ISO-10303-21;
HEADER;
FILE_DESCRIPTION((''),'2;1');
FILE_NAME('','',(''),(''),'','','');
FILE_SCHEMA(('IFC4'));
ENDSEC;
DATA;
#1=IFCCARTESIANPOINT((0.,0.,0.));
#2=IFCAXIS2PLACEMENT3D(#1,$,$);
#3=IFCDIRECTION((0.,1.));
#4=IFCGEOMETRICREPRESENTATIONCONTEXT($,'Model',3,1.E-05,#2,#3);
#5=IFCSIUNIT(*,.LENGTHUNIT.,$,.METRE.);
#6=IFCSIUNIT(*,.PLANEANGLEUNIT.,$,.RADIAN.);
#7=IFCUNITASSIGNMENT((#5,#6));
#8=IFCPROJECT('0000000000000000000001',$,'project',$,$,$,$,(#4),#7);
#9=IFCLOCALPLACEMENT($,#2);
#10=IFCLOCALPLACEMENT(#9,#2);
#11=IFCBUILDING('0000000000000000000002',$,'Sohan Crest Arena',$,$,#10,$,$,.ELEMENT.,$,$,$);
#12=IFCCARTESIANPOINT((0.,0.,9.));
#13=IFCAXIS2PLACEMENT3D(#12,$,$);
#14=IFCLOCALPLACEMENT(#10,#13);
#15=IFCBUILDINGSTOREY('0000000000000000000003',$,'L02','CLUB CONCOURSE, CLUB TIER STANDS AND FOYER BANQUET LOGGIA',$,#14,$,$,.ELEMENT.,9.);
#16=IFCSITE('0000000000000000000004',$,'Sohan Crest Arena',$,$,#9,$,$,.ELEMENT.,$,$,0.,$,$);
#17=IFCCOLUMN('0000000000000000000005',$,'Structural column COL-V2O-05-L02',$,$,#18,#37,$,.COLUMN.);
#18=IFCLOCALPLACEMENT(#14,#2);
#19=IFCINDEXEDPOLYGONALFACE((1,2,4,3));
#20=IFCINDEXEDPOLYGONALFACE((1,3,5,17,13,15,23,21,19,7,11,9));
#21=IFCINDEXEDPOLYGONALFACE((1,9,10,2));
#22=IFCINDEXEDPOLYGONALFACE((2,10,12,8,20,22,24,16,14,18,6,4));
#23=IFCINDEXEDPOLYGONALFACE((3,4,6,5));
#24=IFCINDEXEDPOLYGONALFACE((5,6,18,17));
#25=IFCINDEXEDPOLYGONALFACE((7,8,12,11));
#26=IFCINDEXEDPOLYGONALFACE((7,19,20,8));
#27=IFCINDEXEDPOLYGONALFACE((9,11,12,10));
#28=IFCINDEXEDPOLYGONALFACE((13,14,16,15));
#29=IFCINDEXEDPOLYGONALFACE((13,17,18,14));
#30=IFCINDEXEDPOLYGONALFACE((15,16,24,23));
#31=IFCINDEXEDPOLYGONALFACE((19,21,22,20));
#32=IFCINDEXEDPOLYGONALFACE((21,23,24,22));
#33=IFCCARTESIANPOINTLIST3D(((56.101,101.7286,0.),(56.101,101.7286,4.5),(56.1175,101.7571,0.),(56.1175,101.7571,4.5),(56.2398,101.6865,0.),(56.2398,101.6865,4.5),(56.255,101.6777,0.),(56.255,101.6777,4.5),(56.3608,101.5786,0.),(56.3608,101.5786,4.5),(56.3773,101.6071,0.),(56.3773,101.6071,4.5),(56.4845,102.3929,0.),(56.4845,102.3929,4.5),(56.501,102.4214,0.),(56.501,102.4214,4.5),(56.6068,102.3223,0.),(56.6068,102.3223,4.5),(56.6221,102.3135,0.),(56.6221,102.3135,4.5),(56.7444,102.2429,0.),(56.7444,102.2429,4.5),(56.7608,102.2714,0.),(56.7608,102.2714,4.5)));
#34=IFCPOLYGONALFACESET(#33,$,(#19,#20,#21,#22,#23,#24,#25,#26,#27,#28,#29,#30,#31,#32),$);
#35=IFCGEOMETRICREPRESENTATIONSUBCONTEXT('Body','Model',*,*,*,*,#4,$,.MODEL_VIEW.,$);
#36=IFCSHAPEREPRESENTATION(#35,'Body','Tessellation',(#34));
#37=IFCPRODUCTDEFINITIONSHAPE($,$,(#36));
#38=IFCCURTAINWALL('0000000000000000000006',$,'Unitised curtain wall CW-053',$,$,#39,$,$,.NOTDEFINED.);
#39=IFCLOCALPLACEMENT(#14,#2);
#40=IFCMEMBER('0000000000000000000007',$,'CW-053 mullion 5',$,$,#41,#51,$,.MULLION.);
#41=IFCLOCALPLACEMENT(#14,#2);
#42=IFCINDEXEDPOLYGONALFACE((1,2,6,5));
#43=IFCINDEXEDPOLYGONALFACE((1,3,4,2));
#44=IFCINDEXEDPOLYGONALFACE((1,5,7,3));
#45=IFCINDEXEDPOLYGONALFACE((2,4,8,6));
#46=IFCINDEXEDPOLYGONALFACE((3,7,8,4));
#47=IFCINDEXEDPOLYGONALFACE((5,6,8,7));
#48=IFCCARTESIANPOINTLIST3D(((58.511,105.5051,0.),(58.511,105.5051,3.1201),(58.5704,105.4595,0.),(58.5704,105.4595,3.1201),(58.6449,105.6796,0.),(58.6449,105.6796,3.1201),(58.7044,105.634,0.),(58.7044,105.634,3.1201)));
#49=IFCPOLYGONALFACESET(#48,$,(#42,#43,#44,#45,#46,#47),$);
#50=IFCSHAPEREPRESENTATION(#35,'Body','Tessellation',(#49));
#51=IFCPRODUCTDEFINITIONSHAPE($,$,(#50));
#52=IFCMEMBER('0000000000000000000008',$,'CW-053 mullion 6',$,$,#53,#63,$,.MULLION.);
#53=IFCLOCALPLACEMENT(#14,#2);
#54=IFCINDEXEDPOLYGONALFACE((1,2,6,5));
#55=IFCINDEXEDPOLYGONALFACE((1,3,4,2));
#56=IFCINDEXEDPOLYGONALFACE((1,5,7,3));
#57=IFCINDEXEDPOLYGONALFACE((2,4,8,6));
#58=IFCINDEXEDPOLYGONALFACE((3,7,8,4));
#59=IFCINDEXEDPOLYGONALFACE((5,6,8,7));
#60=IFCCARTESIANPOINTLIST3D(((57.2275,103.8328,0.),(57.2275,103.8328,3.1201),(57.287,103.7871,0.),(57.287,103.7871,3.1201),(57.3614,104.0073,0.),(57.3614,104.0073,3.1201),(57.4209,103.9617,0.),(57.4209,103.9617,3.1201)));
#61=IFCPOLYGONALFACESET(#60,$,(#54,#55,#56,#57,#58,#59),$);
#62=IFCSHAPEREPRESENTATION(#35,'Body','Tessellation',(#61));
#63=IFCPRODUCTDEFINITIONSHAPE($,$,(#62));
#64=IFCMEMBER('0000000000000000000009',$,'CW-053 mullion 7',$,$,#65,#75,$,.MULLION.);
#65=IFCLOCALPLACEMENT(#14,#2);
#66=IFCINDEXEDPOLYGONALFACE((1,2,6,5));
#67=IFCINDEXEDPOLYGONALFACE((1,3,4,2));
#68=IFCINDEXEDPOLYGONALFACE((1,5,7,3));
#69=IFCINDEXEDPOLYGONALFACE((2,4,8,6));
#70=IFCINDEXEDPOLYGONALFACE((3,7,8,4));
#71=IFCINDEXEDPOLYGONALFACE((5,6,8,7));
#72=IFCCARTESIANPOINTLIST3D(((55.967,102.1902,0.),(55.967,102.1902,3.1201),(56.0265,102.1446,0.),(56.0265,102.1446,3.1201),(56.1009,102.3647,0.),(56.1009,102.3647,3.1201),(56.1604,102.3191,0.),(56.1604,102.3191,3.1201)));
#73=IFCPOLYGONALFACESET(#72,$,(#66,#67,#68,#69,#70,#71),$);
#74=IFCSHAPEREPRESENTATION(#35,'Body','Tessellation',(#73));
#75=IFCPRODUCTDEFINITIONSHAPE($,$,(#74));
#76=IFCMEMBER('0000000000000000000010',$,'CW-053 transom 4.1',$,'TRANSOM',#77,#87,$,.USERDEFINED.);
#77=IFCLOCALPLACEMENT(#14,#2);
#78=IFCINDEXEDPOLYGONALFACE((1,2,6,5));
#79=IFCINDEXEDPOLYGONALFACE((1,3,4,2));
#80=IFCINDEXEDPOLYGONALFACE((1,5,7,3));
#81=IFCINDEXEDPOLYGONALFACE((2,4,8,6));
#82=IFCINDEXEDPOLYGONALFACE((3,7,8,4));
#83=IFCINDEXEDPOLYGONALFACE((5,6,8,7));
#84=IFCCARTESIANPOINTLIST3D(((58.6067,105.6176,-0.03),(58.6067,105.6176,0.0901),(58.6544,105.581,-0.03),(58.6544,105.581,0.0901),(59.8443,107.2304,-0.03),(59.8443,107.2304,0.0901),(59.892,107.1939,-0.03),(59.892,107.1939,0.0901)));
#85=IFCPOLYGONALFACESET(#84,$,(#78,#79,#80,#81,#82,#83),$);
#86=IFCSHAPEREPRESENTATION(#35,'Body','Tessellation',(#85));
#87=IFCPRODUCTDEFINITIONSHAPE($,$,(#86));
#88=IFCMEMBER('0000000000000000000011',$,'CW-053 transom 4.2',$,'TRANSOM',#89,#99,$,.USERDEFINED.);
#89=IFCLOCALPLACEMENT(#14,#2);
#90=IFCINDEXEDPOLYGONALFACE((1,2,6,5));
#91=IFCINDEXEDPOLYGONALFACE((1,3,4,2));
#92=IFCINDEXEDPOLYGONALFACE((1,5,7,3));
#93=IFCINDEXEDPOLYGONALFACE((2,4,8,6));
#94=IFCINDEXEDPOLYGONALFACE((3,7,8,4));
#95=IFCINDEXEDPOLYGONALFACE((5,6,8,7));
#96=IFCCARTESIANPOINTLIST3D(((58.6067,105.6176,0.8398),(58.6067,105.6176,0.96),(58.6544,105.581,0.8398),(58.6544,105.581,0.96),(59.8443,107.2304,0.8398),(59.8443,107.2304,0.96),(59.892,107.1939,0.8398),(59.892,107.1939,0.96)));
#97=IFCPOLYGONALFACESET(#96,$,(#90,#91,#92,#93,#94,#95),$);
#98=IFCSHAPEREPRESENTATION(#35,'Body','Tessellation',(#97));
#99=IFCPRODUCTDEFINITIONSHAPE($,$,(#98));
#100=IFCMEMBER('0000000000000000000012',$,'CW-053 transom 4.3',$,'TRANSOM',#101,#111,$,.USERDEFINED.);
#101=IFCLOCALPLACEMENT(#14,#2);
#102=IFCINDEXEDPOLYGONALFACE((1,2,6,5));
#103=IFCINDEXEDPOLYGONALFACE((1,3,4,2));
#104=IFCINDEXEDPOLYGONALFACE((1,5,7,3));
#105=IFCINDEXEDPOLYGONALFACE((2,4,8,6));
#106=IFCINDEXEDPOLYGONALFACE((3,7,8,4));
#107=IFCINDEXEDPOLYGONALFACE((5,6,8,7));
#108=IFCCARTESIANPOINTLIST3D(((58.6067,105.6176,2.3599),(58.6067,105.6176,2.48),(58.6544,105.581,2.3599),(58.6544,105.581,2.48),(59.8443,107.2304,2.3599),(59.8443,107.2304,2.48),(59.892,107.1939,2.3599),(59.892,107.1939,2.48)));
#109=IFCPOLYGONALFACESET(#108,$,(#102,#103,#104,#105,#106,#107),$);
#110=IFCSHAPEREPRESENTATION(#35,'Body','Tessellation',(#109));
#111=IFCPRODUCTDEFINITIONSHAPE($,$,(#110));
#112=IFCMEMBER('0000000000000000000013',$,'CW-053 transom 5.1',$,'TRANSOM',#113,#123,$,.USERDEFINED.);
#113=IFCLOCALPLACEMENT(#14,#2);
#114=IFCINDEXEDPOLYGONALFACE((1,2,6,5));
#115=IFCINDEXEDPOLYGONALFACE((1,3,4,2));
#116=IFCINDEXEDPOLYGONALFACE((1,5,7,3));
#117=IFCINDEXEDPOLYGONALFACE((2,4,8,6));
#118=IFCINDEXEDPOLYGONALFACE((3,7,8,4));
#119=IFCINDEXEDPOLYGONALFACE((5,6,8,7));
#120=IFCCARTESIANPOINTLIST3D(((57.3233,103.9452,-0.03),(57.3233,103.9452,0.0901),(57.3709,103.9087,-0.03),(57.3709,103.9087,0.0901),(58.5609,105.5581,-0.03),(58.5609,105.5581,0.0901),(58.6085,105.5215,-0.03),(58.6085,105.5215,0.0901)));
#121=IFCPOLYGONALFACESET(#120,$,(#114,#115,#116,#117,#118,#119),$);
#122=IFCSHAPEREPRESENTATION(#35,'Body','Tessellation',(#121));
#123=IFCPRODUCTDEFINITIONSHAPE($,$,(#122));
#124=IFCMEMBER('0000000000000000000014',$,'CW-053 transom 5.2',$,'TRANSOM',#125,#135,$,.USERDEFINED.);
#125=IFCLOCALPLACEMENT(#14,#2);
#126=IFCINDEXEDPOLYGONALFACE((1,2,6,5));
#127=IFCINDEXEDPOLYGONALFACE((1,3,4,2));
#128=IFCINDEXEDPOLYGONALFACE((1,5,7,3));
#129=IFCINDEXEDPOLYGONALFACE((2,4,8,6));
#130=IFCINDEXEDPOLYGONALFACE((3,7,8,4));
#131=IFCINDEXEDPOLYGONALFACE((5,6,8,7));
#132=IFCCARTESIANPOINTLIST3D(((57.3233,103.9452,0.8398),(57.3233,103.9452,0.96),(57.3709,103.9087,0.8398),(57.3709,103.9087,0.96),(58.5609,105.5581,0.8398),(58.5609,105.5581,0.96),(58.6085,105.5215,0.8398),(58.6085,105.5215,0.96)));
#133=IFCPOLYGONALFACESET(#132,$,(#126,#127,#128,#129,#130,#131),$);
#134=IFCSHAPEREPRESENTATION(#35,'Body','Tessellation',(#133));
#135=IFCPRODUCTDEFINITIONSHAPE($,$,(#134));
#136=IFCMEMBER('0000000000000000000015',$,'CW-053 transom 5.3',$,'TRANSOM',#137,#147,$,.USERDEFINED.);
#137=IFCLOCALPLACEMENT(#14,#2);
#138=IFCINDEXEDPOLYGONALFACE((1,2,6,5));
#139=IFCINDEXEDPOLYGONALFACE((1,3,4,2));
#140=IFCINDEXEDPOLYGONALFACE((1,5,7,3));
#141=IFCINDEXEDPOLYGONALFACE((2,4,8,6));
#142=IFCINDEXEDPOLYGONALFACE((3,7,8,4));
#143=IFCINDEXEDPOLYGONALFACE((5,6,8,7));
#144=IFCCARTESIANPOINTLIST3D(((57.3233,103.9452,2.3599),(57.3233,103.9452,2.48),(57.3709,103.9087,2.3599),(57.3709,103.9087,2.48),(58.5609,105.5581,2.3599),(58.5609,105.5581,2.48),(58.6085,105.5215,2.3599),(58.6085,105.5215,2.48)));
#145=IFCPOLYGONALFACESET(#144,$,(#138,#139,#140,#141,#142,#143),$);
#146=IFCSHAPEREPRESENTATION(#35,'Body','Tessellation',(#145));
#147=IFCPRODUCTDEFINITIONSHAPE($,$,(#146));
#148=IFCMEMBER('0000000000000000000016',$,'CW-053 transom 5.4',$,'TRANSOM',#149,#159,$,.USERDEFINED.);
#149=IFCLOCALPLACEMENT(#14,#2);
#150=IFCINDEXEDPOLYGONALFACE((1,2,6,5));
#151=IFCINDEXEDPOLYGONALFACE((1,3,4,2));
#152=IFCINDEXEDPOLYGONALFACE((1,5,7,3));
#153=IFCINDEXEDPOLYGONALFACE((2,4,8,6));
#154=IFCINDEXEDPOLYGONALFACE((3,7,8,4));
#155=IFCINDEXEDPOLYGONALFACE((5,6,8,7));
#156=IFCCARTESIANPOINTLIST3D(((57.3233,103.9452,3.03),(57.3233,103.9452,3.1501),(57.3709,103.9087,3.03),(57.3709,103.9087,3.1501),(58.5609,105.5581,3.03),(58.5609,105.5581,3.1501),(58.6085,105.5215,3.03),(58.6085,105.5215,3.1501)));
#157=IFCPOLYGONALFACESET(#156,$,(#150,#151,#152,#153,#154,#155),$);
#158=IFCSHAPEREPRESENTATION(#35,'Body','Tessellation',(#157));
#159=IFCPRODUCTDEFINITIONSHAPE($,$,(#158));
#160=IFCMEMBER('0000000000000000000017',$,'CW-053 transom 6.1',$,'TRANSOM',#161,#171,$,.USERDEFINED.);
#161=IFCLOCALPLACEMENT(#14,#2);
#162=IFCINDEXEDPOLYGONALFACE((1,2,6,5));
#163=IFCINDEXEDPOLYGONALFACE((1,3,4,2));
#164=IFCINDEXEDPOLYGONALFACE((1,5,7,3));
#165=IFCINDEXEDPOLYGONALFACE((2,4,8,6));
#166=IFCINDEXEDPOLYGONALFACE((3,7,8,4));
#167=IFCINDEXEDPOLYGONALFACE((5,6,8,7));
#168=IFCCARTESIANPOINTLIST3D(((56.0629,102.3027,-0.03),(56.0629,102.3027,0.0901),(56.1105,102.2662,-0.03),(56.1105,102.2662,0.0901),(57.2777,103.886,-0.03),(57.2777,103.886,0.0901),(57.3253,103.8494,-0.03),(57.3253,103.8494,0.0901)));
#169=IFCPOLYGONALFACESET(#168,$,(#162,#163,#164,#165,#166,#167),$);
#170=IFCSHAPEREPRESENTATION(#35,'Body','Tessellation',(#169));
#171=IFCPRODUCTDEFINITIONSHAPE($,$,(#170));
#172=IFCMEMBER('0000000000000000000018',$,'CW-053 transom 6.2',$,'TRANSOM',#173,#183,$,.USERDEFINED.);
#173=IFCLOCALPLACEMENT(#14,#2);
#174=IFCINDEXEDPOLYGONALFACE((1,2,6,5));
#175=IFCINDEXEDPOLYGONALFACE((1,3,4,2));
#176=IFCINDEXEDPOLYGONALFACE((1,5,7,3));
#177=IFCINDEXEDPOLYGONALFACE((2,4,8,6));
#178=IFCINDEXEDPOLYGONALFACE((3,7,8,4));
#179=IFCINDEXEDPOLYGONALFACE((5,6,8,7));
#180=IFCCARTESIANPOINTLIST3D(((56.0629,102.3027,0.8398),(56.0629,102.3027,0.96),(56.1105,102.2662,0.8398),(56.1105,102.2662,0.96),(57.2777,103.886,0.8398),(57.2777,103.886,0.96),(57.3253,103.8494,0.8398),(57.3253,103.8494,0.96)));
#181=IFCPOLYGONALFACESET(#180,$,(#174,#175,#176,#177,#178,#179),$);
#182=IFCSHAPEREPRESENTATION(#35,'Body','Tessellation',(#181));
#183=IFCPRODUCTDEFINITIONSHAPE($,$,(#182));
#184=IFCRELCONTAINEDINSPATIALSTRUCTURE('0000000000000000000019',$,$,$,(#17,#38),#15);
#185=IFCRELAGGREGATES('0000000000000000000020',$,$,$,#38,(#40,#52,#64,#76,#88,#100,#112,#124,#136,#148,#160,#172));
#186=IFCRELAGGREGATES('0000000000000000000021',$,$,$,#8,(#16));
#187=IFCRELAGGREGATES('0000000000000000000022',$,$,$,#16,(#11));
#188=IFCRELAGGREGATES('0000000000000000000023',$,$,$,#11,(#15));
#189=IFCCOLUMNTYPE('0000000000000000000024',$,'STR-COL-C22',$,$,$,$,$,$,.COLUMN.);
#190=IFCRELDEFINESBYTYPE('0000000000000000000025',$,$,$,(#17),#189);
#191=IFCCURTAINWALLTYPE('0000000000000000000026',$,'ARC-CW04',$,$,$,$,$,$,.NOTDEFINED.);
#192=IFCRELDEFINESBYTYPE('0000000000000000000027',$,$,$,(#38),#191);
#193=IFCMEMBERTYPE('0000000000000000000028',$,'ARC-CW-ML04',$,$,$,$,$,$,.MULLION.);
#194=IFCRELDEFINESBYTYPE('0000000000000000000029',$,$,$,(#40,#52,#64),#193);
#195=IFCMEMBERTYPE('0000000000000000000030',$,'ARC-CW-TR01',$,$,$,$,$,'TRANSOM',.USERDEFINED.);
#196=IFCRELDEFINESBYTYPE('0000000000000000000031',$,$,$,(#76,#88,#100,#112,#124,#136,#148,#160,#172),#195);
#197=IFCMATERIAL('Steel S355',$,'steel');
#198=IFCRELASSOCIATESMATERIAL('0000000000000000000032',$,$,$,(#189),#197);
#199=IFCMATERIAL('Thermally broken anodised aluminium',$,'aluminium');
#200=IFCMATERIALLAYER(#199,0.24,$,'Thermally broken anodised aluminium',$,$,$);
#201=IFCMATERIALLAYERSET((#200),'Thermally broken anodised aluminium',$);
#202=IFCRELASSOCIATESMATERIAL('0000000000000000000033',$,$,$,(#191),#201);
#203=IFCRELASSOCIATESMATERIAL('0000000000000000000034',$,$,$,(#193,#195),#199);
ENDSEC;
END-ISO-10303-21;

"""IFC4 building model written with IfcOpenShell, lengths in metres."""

from ifc_helpers import new_model, si_unit, direction, frame, origin, origin_2d, place, context, subcontext, project, spatial, rectangle, i_section, extrude, material, layer, layer_set, material_profile, profile_set, type_object, element, aggregate, save


model = new_model("IFC4")

# Units and contexts
model_context = context("Model", 3, precision=1e-05, world=origin(), true_north=direction((0.0, 1.0)))
body_context = subcontext(model_context, "Body", "Model", "MODEL_VIEW")
ifc_project = project(units=[si_unit("LENGTHUNIT", "METRE"), si_unit("PLANEANGLEUNIT", "RADIAN")], contexts=[model_context])

# Site, building, storey
site_placement = place(None, origin())
site = spatial("IfcSite", under=ifc_project, at=site_placement, Name="Sohan Crest Arena", CompositionType="ELEMENT", RefElevation=0.0)
building_placement = place(site_placement, origin())
building = spatial("IfcBuilding", under=site, at=building_placement, Name="Sohan Crest Arena", CompositionType="ELEMENT")
storey_placement = place(building_placement, frame((0.0, 0.0, 9.0)))
storey = spatial("IfcBuildingStorey", under=building, at=storey_placement, Name="L02", Description="CLUB CONCOURSE, CLUB TIER STANDS AND FOYER BANQUET LOGGIA", CompositionType="ELEMENT", Elevation=9.0)

# Column
ifc_material_1 = material(Name="Steel S355", Category="steel")
ifc_material_profile_1 = material_profile(ifc_material_1, i_section(OverallWidth=0.3, OverallDepth=0.8, WebThickness=0.0176, FlangeThickness=0.033, at=origin_2d()), Name="HEB 800")
ifc_profile_set_1 = profile_set([ifc_material_profile_1], Name="Steel S355")
column_type = type_object("IfcColumnType", Name="STR-COL-C22", PredefinedType="COLUMN", material=ifc_profile_set_1)
column_placement = place(storey_placement, frame((56.4309, 102.0, 0.0), z_axis=(0.0, 0.0, 1.0), x_axis=(-0.866025, 0.5, 0.0)))
element("IfcColumn", 1, at=column_placement, inside=storey, type_object=column_type, Name="Structural column COL-V2O-05-L02", PredefinedType="COLUMN", context=body_context, shape_type="SweptSolid", body=[
    extrude(i_section(OverallWidth=0.3, OverallDepth=0.8, WebThickness=0.0176, FlangeThickness=0.033, at=origin_2d()), origin(), (0.0, 0.0, 1.0), 4.5),
])

# Curtain wall, members
ifc_material_2 = material(Name="Thermally broken anodised aluminium", Category="aluminium")
ifc_layer_1 = layer(ifc_material_2, 0.24, Name="Thermally broken anodised aluminium")
ifc_layer_set_1 = layer_set([ifc_layer_1], Name="Thermally broken anodised aluminium")
curtain_wall_type_1 = type_object("IfcCurtainWallType", Name="ARC-CW04", PredefinedType="NOTDEFINED", material=ifc_layer_set_1)
curtain_wall_1_placement = place(storey_placement, origin())
curtain_wall_1 = element("IfcCurtainWall", 2, at=curtain_wall_1_placement, inside=storey, type_object=curtain_wall_type_1, Name="Unitised curtain wall CW-053", PredefinedType="NOTDEFINED")
ifc_material_profile_2 = material_profile(ifc_material_2, rectangle(XDim=0.075, YDim=0.22, at=origin_2d()), Name="ALU-MULL 75x220")
ifc_profile_set_2 = profile_set([ifc_material_profile_2], Name="Thermally broken anodised aluminium")
member_type_1 = type_object("IfcMemberType", Name="ARC-CW-ML04", PredefinedType="MULLION", material=ifc_profile_set_2)
member_1_placement = place(storey_placement, frame((58.6077, 105.5696, 0.0), z_axis=(0.0, 0.0, 1.0), x_axis=(0.793329, -0.608793, 0.0)))
member_1 = element("IfcMember", 3, at=member_1_placement, type_object=member_type_1, Name="CW-053 mullion 5", PredefinedType="MULLION", context=body_context, shape_type="SweptSolid", body=[
    extrude(rectangle(XDim=0.075, YDim=0.22, at=origin_2d()), origin(), (0.0, 0.0, 1.0), 3.1201),
])
member_2_placement = place(storey_placement, frame((57.3242, 103.8972, 0.0), z_axis=(0.0, 0.0, 1.0), x_axis=(0.793329, -0.608793, 0.0)))
member_2 = element("IfcMember", 4, at=member_2_placement, type_object=member_type_1, Name="CW-053 mullion 6", PredefinedType="MULLION", context=body_context, shape_type="SweptSolid", body=[
    extrude(rectangle(XDim=0.075, YDim=0.22, at=origin_2d()), origin(), (0.0, 0.0, 1.0), 3.1201),
])
member_3_placement = place(storey_placement, frame((56.0637, 102.2546, 0.0), z_axis=(0.0, 0.0, 1.0), x_axis=(0.793329, -0.608793, 0.0)))
member_3 = element("IfcMember", 5, at=member_3_placement, type_object=member_type_1, Name="CW-053 mullion 7", PredefinedType="MULLION", context=body_context, shape_type="SweptSolid", body=[
    extrude(rectangle(XDim=0.075, YDim=0.22, at=origin_2d()), origin(), (0.0, 0.0, 1.0), 3.1201),
])
ifc_material_profile_3 = material_profile(ifc_material_2, rectangle(XDim=0.0601, YDim=0.1201, at=origin_2d()), Name="ALU-TRAN 60x120")
ifc_profile_set_3 = profile_set([ifc_material_profile_3], Name="Thermally broken anodised aluminium")
member_type_2 = type_object("IfcMemberType", Name="ARC-CW-TR01", ElementType="TRANSOM", PredefinedType="USERDEFINED", material=ifc_profile_set_3)
member_4_placement = place(storey_placement, frame((59.8682, 107.2122, 0.03), z_axis=(-0.608764, -0.793351, 0.0), x_axis=(0.793351, -0.608764, 0.0)))
member_4 = element("IfcMember", 6, at=member_4_placement, type_object=member_type_2, Name="CW-053 transom 4.1", ObjectType="TRANSOM", PredefinedType="USERDEFINED", context=body_context, shape_type="SweptSolid", body=[
    extrude(rectangle(XDim=0.0601, YDim=0.1201, at=origin_2d()), origin(), (0.0, 0.0, 1.0), 2.033),
])
member_5_placement = place(storey_placement, frame((59.8682, 107.2122, 0.8999), z_axis=(-0.608764, -0.793351, 0.0), x_axis=(0.793351, -0.608764, 0.0)))
member_5 = element("IfcMember", 7, at=member_5_placement, type_object=member_type_2, Name="CW-053 transom 4.2", ObjectType="TRANSOM", PredefinedType="USERDEFINED", context=body_context, shape_type="SweptSolid", body=[
    extrude(rectangle(XDim=0.0601, YDim=0.1201, at=origin_2d()), origin(), (0.0, 0.0, 1.0), 2.033),
])
member_6_placement = place(storey_placement, frame((59.8682, 107.2122, 2.4199), z_axis=(-0.608764, -0.793351, 0.0), x_axis=(0.793351, -0.608764, 0.0)))
member_6 = element("IfcMember", 8, at=member_6_placement, type_object=member_type_2, Name="CW-053 transom 4.3", ObjectType="TRANSOM", PredefinedType="USERDEFINED", context=body_context, shape_type="SweptSolid", body=[
    extrude(rectangle(XDim=0.0601, YDim=0.1201, at=origin_2d()), origin(), (0.0, 0.0, 1.0), 2.033),
])
member_7_placement = place(storey_placement, frame((58.5847, 105.5398, 0.03), z_axis=(-0.608764, -0.793351, 0.0), x_axis=(0.793351, -0.608764, 0.0)))
member_7 = element("IfcMember", 9, at=member_7_placement, type_object=member_type_2, Name="CW-053 transom 5.1", ObjectType="TRANSOM", PredefinedType="USERDEFINED", context=body_context, shape_type="SweptSolid", body=[
    extrude(rectangle(XDim=0.0601, YDim=0.1201, at=origin_2d()), origin(), (0.0, 0.0, 1.0), 2.033),
])
member_8_placement = place(storey_placement, frame((58.5847, 105.5398, 0.8999), z_axis=(-0.608764, -0.793351, 0.0), x_axis=(0.793351, -0.608764, 0.0)))
member_8 = element("IfcMember", 10, at=member_8_placement, type_object=member_type_2, Name="CW-053 transom 5.2", ObjectType="TRANSOM", PredefinedType="USERDEFINED", context=body_context, shape_type="SweptSolid", body=[
    extrude(rectangle(XDim=0.0601, YDim=0.1201, at=origin_2d()), origin(), (0.0, 0.0, 1.0), 2.033),
])
member_9_placement = place(storey_placement, frame((58.5847, 105.5398, 2.4199), z_axis=(-0.608764, -0.793351, 0.0), x_axis=(0.793351, -0.608764, 0.0)))
member_9 = element("IfcMember", 11, at=member_9_placement, type_object=member_type_2, Name="CW-053 transom 5.3", ObjectType="TRANSOM", PredefinedType="USERDEFINED", context=body_context, shape_type="SweptSolid", body=[
    extrude(rectangle(XDim=0.0601, YDim=0.1201, at=origin_2d()), origin(), (0.0, 0.0, 1.0), 2.033),
])
member_10_placement = place(storey_placement, frame((58.5847, 105.5398, 3.0901), z_axis=(-0.608764, -0.793351, 0.0), x_axis=(0.793351, -0.608764, 0.0)))
member_10 = element("IfcMember", 12, at=member_10_placement, type_object=member_type_2, Name="CW-053 transom 5.4", ObjectType="TRANSOM", PredefinedType="USERDEFINED", context=body_context, shape_type="SweptSolid", body=[
    extrude(rectangle(XDim=0.0601, YDim=0.1201, at=origin_2d()), origin(), (0.0, 0.0, 1.0), 2.033),
])
member_11_placement = place(storey_placement, frame((57.3015, 103.8677, 0.03), z_axis=(-0.608753, -0.79336, 0.0), x_axis=(0.79336, -0.608753, 0.0)))
member_11 = element("IfcMember", 13, at=member_11_placement, type_object=member_type_2, Name="CW-053 transom 6.1", ObjectType="TRANSOM", PredefinedType="USERDEFINED", context=body_context, shape_type="SweptSolid", body=[
    extrude(rectangle(XDim=0.0601, YDim=0.1201, at=origin_2d()), origin(), (0.0, 0.0, 1.0), 1.9956),
])
member_12_placement = place(storey_placement, frame((57.3015, 103.8677, 0.8999), z_axis=(-0.608753, -0.79336, 0.0), x_axis=(0.79336, -0.608753, 0.0)))
member_12 = element("IfcMember", 14, at=member_12_placement, type_object=member_type_2, Name="CW-053 transom 6.2", ObjectType="TRANSOM", PredefinedType="USERDEFINED", context=body_context, shape_type="SweptSolid", body=[
    extrude(rectangle(XDim=0.0601, YDim=0.1201, at=origin_2d()), origin(), (0.0, 0.0, 1.0), 1.9956),
])

aggregate(curtain_wall_1, [member_1, member_2, member_3, member_4, member_5, member_6, member_7, member_8, member_9, member_10, member_11, member_12])

save(model, "model.ifc")
